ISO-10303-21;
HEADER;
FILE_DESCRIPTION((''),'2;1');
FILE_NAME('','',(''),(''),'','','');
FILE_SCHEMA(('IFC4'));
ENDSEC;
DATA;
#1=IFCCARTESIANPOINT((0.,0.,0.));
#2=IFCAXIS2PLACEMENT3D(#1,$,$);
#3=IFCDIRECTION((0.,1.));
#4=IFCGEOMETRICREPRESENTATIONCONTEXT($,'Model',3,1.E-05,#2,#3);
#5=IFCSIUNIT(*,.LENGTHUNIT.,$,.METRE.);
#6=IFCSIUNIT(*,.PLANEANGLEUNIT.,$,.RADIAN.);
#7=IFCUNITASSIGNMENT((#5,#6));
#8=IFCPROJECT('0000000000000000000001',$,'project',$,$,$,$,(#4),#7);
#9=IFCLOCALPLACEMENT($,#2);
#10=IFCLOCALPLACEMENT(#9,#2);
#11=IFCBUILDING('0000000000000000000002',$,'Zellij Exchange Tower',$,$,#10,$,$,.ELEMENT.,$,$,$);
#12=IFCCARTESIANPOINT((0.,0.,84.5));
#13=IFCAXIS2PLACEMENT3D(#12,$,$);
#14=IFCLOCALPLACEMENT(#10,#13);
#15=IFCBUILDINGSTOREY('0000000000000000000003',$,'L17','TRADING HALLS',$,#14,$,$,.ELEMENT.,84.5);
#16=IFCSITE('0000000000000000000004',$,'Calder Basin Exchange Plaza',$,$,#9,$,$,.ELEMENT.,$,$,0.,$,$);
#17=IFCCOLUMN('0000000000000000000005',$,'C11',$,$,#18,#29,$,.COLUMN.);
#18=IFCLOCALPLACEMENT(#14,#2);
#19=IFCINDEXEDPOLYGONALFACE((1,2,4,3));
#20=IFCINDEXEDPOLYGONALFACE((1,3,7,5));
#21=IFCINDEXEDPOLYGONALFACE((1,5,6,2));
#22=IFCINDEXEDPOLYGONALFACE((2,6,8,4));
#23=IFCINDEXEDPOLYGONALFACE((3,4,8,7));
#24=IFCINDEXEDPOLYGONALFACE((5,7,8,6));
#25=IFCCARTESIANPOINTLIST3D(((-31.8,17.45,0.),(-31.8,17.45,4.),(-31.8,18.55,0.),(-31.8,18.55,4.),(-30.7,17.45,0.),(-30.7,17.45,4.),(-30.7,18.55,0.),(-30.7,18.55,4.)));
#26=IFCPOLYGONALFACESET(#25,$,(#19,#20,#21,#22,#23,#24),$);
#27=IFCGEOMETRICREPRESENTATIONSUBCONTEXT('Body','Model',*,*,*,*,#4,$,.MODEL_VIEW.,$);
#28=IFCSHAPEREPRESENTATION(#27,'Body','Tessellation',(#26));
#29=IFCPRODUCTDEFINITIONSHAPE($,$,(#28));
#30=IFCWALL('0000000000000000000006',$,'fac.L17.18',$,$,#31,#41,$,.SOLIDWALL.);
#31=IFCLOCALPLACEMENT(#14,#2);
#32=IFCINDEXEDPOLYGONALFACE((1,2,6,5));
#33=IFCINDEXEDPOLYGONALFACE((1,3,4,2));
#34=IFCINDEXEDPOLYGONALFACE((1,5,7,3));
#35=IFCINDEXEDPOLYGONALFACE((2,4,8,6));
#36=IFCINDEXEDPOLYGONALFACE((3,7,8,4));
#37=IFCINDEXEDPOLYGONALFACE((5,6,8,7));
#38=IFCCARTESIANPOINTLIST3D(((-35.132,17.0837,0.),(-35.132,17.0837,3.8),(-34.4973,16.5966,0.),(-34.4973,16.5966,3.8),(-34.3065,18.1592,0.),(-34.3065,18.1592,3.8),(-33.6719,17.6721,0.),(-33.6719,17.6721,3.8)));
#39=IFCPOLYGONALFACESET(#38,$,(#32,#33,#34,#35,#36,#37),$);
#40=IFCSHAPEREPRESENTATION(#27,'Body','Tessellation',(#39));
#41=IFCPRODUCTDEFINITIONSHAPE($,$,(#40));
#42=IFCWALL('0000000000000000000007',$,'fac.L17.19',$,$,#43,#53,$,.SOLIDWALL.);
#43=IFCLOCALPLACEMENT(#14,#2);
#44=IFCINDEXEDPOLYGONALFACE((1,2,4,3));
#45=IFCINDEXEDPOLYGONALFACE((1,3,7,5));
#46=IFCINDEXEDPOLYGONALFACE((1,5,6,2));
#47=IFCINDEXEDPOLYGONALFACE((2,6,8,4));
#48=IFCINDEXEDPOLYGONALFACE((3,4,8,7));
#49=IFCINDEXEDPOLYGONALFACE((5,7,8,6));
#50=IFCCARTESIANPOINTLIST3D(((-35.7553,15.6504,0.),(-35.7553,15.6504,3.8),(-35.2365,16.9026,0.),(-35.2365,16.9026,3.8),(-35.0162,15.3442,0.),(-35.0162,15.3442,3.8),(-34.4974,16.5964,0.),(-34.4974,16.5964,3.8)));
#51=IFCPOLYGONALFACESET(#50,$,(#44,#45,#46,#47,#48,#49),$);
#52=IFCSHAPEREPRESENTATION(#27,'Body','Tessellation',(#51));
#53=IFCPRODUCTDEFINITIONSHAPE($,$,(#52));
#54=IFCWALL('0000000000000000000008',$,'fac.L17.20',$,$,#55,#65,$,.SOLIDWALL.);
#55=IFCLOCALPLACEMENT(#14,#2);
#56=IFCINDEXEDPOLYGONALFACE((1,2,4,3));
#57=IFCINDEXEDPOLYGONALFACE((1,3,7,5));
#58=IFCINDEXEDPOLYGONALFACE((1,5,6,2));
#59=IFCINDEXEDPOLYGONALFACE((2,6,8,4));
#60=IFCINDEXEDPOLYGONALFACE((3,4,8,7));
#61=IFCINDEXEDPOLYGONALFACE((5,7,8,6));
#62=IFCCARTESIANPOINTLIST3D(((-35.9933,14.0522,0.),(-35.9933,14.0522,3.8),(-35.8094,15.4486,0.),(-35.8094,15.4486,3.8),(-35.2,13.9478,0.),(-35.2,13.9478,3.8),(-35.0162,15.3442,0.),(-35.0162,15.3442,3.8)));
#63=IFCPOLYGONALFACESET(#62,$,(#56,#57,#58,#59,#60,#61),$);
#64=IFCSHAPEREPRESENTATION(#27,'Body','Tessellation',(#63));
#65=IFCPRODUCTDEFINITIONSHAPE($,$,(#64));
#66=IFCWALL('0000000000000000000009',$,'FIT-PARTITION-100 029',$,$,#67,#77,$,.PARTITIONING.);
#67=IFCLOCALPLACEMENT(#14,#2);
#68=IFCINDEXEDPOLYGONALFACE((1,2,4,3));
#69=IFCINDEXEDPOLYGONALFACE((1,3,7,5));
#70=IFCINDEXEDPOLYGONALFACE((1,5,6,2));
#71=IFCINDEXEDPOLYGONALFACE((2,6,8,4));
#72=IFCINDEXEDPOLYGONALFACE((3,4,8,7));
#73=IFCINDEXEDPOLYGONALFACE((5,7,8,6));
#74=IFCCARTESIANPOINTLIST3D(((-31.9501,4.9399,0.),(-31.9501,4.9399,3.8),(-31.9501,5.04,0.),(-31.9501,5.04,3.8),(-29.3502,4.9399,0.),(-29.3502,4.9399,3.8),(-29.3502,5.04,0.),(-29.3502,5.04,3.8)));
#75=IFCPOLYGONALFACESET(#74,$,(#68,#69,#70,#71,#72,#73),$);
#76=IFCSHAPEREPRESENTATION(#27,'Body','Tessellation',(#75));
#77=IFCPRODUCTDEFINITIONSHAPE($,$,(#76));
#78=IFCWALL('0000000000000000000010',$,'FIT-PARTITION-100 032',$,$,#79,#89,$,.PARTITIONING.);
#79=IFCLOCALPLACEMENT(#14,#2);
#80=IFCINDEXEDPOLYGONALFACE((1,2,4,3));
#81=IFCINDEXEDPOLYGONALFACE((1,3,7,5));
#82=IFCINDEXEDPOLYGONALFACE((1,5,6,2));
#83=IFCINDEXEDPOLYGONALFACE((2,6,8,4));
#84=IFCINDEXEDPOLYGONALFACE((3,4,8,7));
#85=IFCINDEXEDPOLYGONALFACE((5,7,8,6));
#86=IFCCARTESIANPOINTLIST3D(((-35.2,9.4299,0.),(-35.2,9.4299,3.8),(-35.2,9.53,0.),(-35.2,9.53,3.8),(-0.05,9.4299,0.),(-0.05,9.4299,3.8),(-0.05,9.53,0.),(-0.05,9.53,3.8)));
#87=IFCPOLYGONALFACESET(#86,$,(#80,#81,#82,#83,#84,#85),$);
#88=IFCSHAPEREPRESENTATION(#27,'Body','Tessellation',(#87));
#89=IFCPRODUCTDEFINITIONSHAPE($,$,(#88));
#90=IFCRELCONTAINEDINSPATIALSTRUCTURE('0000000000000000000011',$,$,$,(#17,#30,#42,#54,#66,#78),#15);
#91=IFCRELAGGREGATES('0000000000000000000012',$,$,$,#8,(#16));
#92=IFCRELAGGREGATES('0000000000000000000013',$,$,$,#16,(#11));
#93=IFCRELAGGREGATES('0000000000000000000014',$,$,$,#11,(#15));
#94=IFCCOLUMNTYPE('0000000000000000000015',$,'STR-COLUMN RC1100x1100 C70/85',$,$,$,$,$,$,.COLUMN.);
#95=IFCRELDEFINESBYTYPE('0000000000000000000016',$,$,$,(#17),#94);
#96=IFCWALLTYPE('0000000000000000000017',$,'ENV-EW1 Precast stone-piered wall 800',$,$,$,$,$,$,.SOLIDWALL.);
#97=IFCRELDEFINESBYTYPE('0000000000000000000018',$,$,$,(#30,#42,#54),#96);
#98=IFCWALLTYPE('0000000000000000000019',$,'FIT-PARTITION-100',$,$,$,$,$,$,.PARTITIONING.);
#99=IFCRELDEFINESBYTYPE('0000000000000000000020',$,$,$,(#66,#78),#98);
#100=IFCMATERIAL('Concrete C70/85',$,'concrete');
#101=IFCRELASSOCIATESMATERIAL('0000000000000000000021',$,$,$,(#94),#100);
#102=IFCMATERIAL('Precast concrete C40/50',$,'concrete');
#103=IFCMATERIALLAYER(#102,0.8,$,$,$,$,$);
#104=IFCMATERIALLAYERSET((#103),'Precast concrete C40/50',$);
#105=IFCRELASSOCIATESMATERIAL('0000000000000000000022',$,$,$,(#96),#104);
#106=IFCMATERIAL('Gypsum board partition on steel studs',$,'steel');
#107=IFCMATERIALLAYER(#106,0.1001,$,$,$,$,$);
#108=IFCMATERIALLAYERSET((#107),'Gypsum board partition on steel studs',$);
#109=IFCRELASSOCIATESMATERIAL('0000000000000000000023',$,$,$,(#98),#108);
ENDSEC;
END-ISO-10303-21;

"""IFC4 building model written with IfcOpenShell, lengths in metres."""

from ifc_helpers import new_model, si_unit, direction, frame, frame_2d, origin, origin_2d, place, context, subcontext, project, spatial, rectangle, extrude, material, layer, layer_set, material_profile, profile_set, type_object, element, save


model = new_model("IFC4")

# Units and contexts
model_context = context("Model", 3, precision=1e-05, world=origin(), true_north=direction((0.0, 1.0)))
body_context = subcontext(model_context, "Body", "Model", "MODEL_VIEW")
ifc_project = project(units=[si_unit("LENGTHUNIT", "METRE"), si_unit("PLANEANGLEUNIT", "RADIAN")], contexts=[model_context])

# Site, building, storey
site_placement = place(None, origin())
site = spatial("IfcSite", under=ifc_project, at=site_placement, Name="Calder Basin Exchange Plaza", CompositionType="ELEMENT", RefElevation=0.0)
building_placement = place(site_placement, origin())
building = spatial("IfcBuilding", under=site, at=building_placement, Name="Zellij Exchange Tower", CompositionType="ELEMENT")
storey_placement = place(building_placement, frame((0.0, 0.0, 84.5)))
storey = spatial("IfcBuildingStorey", under=building, at=storey_placement, Name="L17", Description="TRADING HALLS", CompositionType="ELEMENT", Elevation=84.5)

# Column
ifc_material_1 = material(Name="Concrete C70/85", Category="concrete")
ifc_material_profile = material_profile(ifc_material_1, rectangle(XDim=1.1001, YDim=1.1001, at=origin_2d()), Name="STR-COLUMN RC1100x1100 C70/85")
ifc_profile_set = profile_set([ifc_material_profile], Name="Concrete C70/85")
column_type = type_object("IfcColumnType", Name="STR-COLUMN RC1100x1100 C70/85", PredefinedType="COLUMN", material=ifc_profile_set)
column_placement = place(storey_placement, frame((-31.25, 18.0, 0.0), z_axis=(0.0, 0.0, 1.0), x_axis=(1.0, 0.0, 0.0)))
element("IfcColumn", 1, at=column_placement, inside=storey, type_object=column_type, Name="C11", PredefinedType="COLUMN", context=body_context, shape_type="SweptSolid", body=[
    extrude(rectangle(XDim=1.1001, YDim=1.1001, at=origin_2d()), origin(), (0.0, 0.0, 1.0), 4.0),
])

# Walls
ifc_material_2 = material(Name="Precast concrete C40/50", Category="concrete")
ifc_layer_1 = layer(ifc_material_2, 0.8)
ifc_layer_set_1 = layer_set([ifc_layer_1], Name="Precast concrete C40/50")
wall_type_1 = type_object("IfcWallType", Name="ENV-EW1 Precast stone-piered wall 800", PredefinedType="SOLIDWALL", material=ifc_layer_set_1)
wall_1_placement = place(storey_placement, frame((-33.9893, 17.9155, 0.0), z_axis=(0.0, 0.0, 1.0), x_axis=(-0.608866, -0.793273, 0.0)))
element("IfcWall", 2, at=wall_1_placement, inside=storey, type_object=wall_type_1, Name="fac.L17.18", PredefinedType="SOLIDWALL", context=body_context, shape_type="SweptSolid", body=[
    extrude(rectangle(XDim=1.3557, YDim=0.8, at=frame_2d((0.6777, 0.0))), origin(), (0.0, 0.0, 1.0), 3.8),
])
wall_2_placement = place(storey_placement, frame((-34.8669, 16.7495, 0.0), z_axis=(0.0, 0.0, 1.0), x_axis=(-0.38276, -0.923848, 0.0)))
element("IfcWall", 3, at=wall_2_placement, inside=storey, type_object=wall_type_1, Name="fac.L17.19", PredefinedType="SOLIDWALL", context=body_context, shape_type="SweptSolid", body=[
    extrude(rectangle(XDim=1.3555, YDim=0.8, at=frame_2d((0.6777, 0.0))), origin(), (0.0, 0.0, 1.0), 3.8),
])
wall_3_placement = place(storey_placement, frame((-35.4128, 15.3962, 0.0), z_axis=(0.0, 0.0, 1.0), x_axis=(-0.130517, -0.991446, 0.0)))
element("IfcWall", 4, at=wall_3_placement, inside=storey, type_object=wall_type_1, Name="fac.L17.20", PredefinedType="SOLIDWALL", context=body_context, shape_type="SweptSolid", body=[
    extrude(rectangle(XDim=1.4084, YDim=0.8, at=frame_2d((0.7041, 0.0))), origin(), (0.0, 0.0, 1.0), 3.8),
])

# Walls
ifc_material_3 = material(Name="Gypsum board partition on steel studs", Category="steel")
ifc_layer_2 = layer(ifc_material_3, 0.1001)
ifc_layer_set_2 = layer_set([ifc_layer_2], Name="Gypsum board partition on steel studs")
wall_type_2 = type_object("IfcWallType", Name="FIT-PARTITION-100", PredefinedType="PARTITIONING", material=ifc_layer_set_2)
wall_4_placement = place(storey_placement, frame((-31.95, 4.99, 0.0), z_axis=(0.0, 0.0, 1.0), x_axis=(1.0, 0.0, 0.0)))
element("IfcWall", 5, at=wall_4_placement, inside=storey, type_object=wall_type_2, Name="FIT-PARTITION-100 029", PredefinedType="PARTITIONING", context=body_context, shape_type="SweptSolid", body=[
    extrude(rectangle(XDim=2.5999, YDim=0.1001, at=frame_2d((1.2998, 0.0))), origin(), (0.0, 0.0, 1.0), 3.8),
])
wall_5_placement = place(storey_placement, frame((-35.2, 9.48, 0.0), z_axis=(0.0, 0.0, 1.0), x_axis=(1.0, 0.0, 0.0)))
element("IfcWall", 6, at=wall_5_placement, inside=storey, type_object=wall_type_2, Name="FIT-PARTITION-100 032", PredefinedType="PARTITIONING", context=body_context, shape_type="SweptSolid", body=[
    extrude(rectangle(XDim=35.1499, YDim=0.1001, at=frame_2d((17.575, 0.0))), origin(), (0.0, 0.0, 1.0), 3.8),
])

save(model, "model.ifc")
